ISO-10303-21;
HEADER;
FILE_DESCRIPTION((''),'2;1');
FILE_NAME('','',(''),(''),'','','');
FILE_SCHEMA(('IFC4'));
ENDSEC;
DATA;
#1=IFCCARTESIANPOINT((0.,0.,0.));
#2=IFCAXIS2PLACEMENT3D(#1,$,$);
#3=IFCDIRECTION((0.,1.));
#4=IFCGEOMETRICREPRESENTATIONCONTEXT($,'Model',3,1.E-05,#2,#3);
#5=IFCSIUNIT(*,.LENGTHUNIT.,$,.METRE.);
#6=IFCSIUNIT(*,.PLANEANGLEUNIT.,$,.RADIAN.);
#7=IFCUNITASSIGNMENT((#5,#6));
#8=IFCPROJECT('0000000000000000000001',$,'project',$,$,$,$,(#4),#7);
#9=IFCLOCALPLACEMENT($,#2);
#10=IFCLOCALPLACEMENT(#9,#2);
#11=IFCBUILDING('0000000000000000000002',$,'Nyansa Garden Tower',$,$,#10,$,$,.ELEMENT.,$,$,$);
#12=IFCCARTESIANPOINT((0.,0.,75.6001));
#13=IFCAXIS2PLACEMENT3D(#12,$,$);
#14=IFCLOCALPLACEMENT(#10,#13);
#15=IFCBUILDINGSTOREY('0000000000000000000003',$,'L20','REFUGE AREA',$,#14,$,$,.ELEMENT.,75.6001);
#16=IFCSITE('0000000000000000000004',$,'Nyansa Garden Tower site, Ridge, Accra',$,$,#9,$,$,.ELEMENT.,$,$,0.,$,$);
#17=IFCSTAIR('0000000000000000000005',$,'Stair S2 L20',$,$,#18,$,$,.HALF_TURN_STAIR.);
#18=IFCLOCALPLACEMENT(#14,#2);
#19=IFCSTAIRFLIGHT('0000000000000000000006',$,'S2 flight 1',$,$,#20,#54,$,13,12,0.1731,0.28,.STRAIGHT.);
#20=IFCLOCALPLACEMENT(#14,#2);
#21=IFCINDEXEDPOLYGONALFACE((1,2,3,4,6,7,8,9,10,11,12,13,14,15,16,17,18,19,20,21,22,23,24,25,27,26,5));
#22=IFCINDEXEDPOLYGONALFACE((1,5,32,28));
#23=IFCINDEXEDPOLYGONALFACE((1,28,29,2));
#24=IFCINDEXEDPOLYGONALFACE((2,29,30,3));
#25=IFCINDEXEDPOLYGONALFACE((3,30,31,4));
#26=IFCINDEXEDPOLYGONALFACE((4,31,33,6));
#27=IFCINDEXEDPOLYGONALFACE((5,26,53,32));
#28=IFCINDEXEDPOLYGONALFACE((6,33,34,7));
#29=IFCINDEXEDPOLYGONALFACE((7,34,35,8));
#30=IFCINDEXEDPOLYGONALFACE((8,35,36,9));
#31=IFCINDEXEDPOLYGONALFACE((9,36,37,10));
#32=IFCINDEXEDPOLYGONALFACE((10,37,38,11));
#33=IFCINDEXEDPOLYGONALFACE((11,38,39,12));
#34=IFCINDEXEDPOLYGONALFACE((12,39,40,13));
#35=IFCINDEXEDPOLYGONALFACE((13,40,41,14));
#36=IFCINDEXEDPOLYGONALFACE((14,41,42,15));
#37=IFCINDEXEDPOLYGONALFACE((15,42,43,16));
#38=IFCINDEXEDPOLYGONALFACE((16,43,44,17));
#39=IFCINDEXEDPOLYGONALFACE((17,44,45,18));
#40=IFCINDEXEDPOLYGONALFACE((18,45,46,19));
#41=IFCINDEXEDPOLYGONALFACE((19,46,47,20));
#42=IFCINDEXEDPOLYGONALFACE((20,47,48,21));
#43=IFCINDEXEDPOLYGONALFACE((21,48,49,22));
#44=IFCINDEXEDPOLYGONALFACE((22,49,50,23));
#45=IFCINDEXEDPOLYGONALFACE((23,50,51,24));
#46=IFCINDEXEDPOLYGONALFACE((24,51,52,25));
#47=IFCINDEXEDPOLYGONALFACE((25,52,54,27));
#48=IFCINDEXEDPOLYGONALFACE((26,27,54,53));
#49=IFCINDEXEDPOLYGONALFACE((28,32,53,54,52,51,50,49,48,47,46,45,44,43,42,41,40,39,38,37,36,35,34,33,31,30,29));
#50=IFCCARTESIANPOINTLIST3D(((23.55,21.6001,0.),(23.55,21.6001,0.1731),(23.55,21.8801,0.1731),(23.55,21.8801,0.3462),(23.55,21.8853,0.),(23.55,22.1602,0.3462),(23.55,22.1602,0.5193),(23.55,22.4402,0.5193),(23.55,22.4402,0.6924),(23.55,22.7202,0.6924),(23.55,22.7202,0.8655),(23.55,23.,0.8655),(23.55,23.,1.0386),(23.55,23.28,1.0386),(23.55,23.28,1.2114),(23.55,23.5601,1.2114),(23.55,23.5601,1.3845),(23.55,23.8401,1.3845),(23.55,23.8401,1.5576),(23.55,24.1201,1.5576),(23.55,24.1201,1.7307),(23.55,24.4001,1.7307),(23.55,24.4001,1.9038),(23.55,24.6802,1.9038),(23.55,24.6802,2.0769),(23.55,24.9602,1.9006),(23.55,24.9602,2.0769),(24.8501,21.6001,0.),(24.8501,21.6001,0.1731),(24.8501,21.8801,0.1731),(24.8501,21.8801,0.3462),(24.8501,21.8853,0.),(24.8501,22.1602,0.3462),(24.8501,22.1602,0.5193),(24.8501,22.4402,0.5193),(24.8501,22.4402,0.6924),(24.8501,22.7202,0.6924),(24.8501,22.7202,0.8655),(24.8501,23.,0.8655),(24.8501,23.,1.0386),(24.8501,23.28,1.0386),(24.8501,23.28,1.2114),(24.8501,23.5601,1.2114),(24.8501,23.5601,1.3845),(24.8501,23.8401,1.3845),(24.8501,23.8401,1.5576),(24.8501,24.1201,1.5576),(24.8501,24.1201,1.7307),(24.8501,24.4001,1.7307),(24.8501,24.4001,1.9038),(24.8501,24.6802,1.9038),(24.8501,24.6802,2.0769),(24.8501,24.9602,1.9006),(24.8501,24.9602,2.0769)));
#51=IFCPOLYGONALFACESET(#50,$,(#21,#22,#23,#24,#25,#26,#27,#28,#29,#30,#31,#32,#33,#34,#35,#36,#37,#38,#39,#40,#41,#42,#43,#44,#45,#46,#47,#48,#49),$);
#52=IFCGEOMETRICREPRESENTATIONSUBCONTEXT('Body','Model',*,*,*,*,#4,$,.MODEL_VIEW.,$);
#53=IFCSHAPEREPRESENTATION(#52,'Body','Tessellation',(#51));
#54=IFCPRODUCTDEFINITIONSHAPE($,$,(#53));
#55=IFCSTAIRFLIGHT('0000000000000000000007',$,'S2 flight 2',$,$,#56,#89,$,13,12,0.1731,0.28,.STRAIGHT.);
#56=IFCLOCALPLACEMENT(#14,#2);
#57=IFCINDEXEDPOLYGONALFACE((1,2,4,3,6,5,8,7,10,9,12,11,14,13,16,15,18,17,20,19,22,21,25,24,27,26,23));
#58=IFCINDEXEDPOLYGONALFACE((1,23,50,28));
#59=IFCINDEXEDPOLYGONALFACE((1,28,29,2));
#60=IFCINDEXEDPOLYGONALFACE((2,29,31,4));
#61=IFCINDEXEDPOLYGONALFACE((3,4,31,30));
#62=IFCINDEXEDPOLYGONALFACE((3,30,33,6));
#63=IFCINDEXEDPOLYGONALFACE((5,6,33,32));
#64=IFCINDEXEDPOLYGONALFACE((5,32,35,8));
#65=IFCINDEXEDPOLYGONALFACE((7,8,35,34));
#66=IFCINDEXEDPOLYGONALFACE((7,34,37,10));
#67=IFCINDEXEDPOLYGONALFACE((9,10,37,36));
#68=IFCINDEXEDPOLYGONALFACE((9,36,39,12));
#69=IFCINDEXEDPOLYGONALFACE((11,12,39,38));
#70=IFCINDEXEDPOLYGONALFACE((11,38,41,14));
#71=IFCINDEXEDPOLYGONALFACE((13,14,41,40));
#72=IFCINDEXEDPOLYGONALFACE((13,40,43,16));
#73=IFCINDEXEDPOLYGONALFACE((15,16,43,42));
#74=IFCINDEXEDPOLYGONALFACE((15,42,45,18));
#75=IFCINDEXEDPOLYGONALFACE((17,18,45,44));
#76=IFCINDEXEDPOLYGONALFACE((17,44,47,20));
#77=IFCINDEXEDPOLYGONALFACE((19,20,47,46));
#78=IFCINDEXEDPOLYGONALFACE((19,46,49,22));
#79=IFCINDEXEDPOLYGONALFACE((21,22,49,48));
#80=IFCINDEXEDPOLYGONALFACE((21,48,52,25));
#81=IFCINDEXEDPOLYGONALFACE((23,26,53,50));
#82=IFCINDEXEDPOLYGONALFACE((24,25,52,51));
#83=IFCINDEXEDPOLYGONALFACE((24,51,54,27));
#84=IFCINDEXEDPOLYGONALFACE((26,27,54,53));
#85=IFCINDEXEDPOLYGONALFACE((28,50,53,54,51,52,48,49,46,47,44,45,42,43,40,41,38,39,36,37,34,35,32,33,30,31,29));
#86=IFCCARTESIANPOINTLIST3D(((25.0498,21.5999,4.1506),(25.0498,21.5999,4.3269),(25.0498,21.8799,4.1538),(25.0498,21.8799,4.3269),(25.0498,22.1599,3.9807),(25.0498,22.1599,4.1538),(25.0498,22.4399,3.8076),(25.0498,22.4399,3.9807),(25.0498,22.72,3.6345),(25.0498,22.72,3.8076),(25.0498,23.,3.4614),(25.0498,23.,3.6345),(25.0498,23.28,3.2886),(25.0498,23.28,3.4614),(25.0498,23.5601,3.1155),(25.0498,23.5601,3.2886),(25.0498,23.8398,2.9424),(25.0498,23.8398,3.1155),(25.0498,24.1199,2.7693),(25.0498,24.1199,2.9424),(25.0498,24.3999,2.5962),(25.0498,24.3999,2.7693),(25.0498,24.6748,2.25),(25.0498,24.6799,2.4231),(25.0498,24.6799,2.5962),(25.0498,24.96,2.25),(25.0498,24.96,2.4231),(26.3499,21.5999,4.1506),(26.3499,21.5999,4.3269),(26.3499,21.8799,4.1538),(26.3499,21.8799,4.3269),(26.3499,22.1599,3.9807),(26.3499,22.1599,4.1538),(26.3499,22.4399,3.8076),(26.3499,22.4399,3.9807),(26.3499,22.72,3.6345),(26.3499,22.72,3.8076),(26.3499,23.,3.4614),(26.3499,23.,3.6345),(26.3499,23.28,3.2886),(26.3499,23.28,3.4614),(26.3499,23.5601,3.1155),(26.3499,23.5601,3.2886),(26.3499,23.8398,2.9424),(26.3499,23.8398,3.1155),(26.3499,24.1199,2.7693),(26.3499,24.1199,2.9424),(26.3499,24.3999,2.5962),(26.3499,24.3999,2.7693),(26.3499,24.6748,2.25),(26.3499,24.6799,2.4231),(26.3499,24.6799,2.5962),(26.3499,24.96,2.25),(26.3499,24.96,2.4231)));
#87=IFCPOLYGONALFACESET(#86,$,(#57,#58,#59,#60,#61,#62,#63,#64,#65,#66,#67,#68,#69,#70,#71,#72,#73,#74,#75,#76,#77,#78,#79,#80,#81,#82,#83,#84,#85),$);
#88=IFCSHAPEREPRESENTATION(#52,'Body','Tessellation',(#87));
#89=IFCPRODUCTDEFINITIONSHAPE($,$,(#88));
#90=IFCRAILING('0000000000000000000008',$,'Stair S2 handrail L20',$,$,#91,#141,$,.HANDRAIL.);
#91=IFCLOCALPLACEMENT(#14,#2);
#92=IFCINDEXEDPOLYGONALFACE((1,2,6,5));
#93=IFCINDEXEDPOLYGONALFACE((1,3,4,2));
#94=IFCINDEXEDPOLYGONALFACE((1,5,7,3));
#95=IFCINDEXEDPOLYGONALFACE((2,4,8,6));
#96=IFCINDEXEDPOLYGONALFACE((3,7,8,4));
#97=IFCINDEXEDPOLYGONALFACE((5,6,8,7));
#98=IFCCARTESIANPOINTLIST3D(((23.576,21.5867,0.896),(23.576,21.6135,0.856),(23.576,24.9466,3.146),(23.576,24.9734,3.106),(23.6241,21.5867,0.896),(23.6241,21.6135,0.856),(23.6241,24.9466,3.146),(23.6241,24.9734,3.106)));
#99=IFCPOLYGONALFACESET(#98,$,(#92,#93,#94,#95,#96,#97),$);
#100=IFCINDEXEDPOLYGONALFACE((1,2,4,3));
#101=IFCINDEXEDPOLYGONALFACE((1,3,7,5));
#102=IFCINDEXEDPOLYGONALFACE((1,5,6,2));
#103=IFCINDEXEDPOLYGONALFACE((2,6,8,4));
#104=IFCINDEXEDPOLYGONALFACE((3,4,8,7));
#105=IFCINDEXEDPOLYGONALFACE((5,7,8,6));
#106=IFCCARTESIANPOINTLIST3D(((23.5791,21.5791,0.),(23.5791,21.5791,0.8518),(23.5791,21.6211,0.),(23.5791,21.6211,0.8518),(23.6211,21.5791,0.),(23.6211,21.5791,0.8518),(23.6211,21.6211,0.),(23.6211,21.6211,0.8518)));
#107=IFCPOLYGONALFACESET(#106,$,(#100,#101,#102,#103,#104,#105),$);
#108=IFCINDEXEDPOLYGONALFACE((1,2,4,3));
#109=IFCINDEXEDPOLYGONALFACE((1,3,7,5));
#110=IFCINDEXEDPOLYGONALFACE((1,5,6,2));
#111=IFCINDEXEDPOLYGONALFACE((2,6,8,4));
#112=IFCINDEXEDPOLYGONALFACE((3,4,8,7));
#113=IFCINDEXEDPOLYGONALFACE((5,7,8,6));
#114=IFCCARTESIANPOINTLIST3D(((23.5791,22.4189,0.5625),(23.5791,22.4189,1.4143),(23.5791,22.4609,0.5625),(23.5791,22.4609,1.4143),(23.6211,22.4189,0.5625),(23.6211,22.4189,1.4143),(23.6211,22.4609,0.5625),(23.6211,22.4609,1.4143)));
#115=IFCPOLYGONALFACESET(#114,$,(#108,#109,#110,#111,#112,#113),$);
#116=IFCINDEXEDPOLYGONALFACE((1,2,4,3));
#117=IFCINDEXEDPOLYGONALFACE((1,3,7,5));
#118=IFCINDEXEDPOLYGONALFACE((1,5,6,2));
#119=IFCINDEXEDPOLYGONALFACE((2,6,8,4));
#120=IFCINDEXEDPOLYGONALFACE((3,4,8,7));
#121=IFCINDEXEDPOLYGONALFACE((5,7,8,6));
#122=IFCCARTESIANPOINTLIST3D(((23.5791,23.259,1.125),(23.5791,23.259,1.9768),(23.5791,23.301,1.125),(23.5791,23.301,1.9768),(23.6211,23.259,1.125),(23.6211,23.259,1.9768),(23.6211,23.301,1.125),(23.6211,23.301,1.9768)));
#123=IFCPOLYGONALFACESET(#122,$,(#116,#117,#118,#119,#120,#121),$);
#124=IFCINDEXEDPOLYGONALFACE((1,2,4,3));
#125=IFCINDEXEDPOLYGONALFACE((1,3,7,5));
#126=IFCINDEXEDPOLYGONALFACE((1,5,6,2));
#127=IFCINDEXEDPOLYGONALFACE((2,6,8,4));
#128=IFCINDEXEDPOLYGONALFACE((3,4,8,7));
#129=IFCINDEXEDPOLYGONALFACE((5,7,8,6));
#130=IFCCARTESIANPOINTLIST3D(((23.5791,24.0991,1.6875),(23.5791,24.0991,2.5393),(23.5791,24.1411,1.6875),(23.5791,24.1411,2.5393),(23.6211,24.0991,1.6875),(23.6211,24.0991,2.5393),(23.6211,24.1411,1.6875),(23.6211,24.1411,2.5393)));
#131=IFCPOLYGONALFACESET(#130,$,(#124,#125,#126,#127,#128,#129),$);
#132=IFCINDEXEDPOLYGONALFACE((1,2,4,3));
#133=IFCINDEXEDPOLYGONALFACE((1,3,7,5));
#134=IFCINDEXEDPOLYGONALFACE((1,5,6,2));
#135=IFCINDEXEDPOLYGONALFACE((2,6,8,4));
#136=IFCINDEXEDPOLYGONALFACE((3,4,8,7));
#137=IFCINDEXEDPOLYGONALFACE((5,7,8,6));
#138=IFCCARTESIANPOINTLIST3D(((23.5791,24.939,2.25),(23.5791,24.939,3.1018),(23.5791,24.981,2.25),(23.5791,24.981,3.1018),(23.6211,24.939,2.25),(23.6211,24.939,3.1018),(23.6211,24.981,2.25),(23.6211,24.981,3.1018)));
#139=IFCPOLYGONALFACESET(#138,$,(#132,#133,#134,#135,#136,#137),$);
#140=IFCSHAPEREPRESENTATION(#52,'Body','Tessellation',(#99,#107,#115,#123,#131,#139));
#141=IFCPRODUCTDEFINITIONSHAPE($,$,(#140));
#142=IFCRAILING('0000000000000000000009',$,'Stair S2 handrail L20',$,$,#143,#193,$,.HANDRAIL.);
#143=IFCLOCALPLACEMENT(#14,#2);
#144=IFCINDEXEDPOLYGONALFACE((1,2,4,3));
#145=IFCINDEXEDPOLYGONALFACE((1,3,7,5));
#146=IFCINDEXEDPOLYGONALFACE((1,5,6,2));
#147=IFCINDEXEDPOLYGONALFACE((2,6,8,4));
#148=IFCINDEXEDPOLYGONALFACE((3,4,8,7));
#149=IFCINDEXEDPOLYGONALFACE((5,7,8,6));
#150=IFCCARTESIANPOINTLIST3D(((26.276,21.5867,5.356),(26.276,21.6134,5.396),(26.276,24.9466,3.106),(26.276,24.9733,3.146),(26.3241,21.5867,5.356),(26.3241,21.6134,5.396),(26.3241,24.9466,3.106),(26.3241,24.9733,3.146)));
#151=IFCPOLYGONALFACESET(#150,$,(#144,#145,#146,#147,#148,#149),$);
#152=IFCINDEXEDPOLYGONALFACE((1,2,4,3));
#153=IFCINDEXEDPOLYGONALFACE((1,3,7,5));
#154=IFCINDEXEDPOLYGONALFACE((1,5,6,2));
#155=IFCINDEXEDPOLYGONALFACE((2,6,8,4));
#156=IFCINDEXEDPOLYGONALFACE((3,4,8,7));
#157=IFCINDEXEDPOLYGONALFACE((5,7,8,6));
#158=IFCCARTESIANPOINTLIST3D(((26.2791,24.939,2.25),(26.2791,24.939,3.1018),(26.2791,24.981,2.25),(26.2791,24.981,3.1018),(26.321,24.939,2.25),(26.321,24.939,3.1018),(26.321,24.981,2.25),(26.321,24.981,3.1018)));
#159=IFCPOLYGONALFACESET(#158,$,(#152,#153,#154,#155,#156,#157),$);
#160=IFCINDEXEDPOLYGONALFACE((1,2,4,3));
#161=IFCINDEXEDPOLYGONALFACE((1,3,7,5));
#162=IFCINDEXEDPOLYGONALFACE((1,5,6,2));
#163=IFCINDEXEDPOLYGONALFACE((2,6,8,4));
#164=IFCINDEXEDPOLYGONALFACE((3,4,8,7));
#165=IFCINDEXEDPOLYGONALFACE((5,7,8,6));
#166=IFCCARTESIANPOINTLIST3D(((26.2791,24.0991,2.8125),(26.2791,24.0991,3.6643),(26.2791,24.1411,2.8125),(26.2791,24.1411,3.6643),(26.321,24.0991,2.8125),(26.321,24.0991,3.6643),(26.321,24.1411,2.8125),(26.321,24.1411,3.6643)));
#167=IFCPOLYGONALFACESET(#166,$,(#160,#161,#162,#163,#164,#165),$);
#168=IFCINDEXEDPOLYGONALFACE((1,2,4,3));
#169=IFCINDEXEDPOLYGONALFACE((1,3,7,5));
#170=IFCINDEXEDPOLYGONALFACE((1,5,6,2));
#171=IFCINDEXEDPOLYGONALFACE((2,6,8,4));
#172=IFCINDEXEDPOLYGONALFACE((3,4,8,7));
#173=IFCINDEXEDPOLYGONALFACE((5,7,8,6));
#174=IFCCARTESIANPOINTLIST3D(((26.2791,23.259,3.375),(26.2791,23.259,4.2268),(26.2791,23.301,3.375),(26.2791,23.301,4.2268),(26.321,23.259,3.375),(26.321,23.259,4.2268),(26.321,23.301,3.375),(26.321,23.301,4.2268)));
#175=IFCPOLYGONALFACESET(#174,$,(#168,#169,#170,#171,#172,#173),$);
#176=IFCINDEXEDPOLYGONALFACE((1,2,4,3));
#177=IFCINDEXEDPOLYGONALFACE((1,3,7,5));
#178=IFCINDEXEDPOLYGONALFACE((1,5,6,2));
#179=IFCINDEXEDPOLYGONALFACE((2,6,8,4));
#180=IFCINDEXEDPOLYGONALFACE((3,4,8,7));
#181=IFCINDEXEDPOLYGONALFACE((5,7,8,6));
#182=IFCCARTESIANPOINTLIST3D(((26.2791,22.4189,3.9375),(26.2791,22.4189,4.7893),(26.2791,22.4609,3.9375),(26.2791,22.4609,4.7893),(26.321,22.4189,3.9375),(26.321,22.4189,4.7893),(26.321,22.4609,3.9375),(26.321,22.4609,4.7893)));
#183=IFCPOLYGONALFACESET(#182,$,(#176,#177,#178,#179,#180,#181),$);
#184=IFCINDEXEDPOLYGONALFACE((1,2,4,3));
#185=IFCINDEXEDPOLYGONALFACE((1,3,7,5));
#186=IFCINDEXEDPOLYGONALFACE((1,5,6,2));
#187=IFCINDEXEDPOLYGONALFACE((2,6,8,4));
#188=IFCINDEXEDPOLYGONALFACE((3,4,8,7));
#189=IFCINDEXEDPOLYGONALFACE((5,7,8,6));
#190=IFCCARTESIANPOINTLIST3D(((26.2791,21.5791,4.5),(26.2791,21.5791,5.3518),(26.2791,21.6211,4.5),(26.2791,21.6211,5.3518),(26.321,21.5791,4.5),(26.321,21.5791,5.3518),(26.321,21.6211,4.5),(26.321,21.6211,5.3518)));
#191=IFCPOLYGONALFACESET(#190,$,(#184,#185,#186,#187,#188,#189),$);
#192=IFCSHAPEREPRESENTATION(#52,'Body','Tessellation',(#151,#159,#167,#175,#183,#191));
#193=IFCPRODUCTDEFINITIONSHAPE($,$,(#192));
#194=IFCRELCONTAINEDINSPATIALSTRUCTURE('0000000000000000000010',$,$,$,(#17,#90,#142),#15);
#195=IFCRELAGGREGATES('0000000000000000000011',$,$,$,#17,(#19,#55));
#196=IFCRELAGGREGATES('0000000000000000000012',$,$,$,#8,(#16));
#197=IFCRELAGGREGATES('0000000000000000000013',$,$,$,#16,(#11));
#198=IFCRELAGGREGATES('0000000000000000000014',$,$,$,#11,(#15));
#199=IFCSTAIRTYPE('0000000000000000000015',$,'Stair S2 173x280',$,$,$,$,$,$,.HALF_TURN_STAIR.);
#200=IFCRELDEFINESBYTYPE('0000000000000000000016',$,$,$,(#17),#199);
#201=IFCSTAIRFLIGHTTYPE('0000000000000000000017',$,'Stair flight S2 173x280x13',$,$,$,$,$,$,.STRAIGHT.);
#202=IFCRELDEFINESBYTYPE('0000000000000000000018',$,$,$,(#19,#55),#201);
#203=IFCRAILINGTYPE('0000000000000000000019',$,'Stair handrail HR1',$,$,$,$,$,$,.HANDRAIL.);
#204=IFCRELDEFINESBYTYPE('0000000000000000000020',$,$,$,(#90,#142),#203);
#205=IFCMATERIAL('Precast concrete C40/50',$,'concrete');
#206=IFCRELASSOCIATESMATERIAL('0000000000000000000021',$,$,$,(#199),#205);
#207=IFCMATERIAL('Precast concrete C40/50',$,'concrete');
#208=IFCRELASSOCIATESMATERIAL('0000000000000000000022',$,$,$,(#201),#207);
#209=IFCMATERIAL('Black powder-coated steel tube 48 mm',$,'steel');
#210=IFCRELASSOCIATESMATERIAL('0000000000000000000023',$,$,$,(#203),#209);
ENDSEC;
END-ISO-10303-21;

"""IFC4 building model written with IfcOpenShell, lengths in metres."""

from ifc_helpers import new_model, si_unit, direction, frame, origin, origin_2d, place, context, subcontext, project, spatial, polyline, rectangle, outline, extrude, material, type_object, element, aggregate, save


model = new_model("IFC4")

# Units and contexts
model_context = context("Model", 3, precision=1e-05, world=origin(), true_north=direction((0.0, 1.0)))
body_context = subcontext(model_context, "Body", "Model", "MODEL_VIEW")
ifc_project = project(units=[si_unit("LENGTHUNIT", "METRE"), si_unit("PLANEANGLEUNIT", "RADIAN")], contexts=[model_context])

# Site, building, storey
site_placement = place(None, origin())
site = spatial("IfcSite", under=ifc_project, at=site_placement, Name="Nyansa Garden Tower site, Ridge, Accra", CompositionType="ELEMENT", RefElevation=0.0)
building_placement = place(site_placement, origin())
building = spatial("IfcBuilding", under=site, at=building_placement, Name="Nyansa Garden Tower", CompositionType="ELEMENT")
storey_placement = place(building_placement, frame((0.0, 0.0, 75.6001)))
storey = spatial("IfcBuildingStorey", under=building, at=storey_placement, Name="L20", Description="REFUGE AREA", CompositionType="ELEMENT", Elevation=75.6001)

# Stair, stair flights
ifc_material_1 = material(Name="Precast concrete C40/50", Category="concrete")
stair_type = type_object("IfcStairType", Name="Stair S2 173x280", PredefinedType="HALF_TURN_STAIR", material=ifc_material_1)
stair_placement = place(storey_placement, origin())
stair = element("IfcStair", 1, at=stair_placement, inside=storey, type_object=stair_type, Name="Stair S2 L20", PredefinedType="HALF_TURN_STAIR")
ifc_material_2 = material(Name="Precast concrete C40/50", Category="concrete")
stair_flight_type = type_object("IfcStairFlightType", Name="Stair flight S2 173x280x13", PredefinedType="STRAIGHT", material=ifc_material_2)
stair_flight_1_placement = place(storey_placement, frame((24.2, 21.6001, 0.0), z_axis=(0.0, 0.0, 1.0), x_axis=(0.0, 1.0, 0.0)))
stair_flight_1 = element("IfcStairFlight", 2, at=stair_flight_1_placement, type_object=stair_flight_type, Name="S2 flight 1", NumberOfRisers=13, NumberOfTreads=12, PredefinedType="STRAIGHT", RiserHeight=0.1731, TreadLength=0.28, context=body_context, shape_type="SweptSolid", body=[
    extrude(outline(polyline([(0.0, 0.0), (0.0, 0.1731), (0.28, 0.1731), (0.28, 0.3462), (0.5601, 0.3462), (0.5601, 0.5193), (0.8401, 0.5193), (0.8401, 0.6924), (1.1201, 0.6924), (1.1201, 0.8655), (1.3999, 0.8655), (1.3999, 1.0386), (1.6799, 1.0386), (1.6799, 1.2114), (1.96, 1.2114), (1.96, 1.3845), (2.24, 1.3845), (2.24, 1.5576), (2.52, 1.5576), (2.52, 1.7307), (2.8, 1.7307), (2.8, 1.9038), (3.0801, 1.9038), (3.0801, 2.0769), (3.3601, 2.0769), (3.3601, 2.25), (3.3601, 1.9006), (0.2852, 0.0), (0.0, 0.0)])), frame((0.0, 0.6499, 0.0), z_axis=(0.0, -1.0, 0.0), x_axis=(1.0, 0.0, 0.0)), (0.0, 0.0, 1.0), 1.3),
])
stair_flight_2_placement = place(storey_placement, frame((25.7, 24.96, 2.25), z_axis=(0.0, 0.0, 1.0), x_axis=(0.0, -1.0, 0.0)))
stair_flight_2 = element("IfcStairFlight", 3, at=stair_flight_2_placement, type_object=stair_flight_type, Name="S2 flight 2", NumberOfRisers=13, NumberOfTreads=12, PredefinedType="STRAIGHT", RiserHeight=0.1731, TreadLength=0.28, context=body_context, shape_type="SweptSolid", body=[
    extrude(outline(polyline([(0.0, 0.0), (0.0, 0.1731), (0.28, 0.1731), (0.28, 0.3462), (0.5601, 0.3462), (0.5601, 0.5193), (0.8401, 0.5193), (0.8401, 0.6924), (1.1201, 0.6924), (1.1201, 0.8655), (1.3999, 0.8655), (1.3999, 1.0386), (1.6799, 1.0386), (1.6799, 1.2114), (1.96, 1.2114), (1.96, 1.3845), (2.24, 1.3845), (2.24, 1.5576), (2.52, 1.5576), (2.52, 1.7307), (2.8, 1.7307), (2.8, 1.9038), (3.0801, 1.9038), (3.0801, 2.0769), (3.3601, 2.0769), (3.3601, 2.25), (3.3601, 1.9006), (0.2852, 0.0), (0.0, 0.0)])), frame((0.0, 0.6499, 0.0), z_axis=(0.0, -1.0, 0.0), x_axis=(1.0, 0.0, 0.0)), (0.0, 0.0, 1.0), 1.3),
])
aggregate(stair, [stair_flight_1, stair_flight_2])

# Railings
ifc_material_3 = material(Name="Black powder-coated steel tube 48 mm", Category="steel")
railing_type = type_object("IfcRailingType", Name="Stair handrail HR1", PredefinedType="HANDRAIL", material=ifc_material_3)
railing_1_placement = place(storey_placement, frame((23.6001, 21.6001, 0.0)))
element("IfcRailing", 4, at=railing_1_placement, inside=storey, type_object=railing_type, Name="Stair S2 handrail L20", PredefinedType="HANDRAIL", context=body_context, shape_type="SweptSolid", body=[
    extrude(rectangle(XDim=0.0481, YDim=0.0481, at=origin_2d()), frame((0.0, 0.0, 0.876), z_axis=(0.0, 0.830897, 0.556427), x_axis=(-1.0, 0.0, 0.0)), (0.0, 0.0, 1.0), 4.0437),
    extrude(rectangle(XDim=0.042, YDim=0.042, at=origin_2d()), origin(), (0.0, 0.0, 1.0), 0.8518),
    extrude(rectangle(XDim=0.042, YDim=0.042, at=origin_2d()), frame((0.0, 0.8398, 0.5625)), (0.0, 0.0, 1.0), 0.8518),
    extrude(rectangle(XDim=0.042, YDim=0.042, at=origin_2d()), frame((0.0, 1.6799, 1.125)), (0.0, 0.0, 1.0), 0.8518),
    extrude(rectangle(XDim=0.042, YDim=0.042, at=origin_2d()), frame((0.0, 2.52, 1.6875)), (0.0, 0.0, 1.0), 0.8518),
    extrude(rectangle(XDim=0.042, YDim=0.042, at=origin_2d()), frame((0.0, 3.3599, 2.25)), (0.0, 0.0, 1.0), 0.8518),
])
railing_2_placement = place(storey_placement, frame((26.3, 24.96, 2.25)))
element("IfcRailing", 5, at=railing_2_placement, inside=storey, type_object=railing_type, Name="Stair S2 handrail L20", PredefinedType="HANDRAIL", context=body_context, shape_type="SweptSolid", body=[
    extrude(rectangle(XDim=0.0481, YDim=0.0481, at=origin_2d()), frame((0.0, 0.0, 0.876), z_axis=(0.0, -0.830897, 0.556427), x_axis=(1.0, 0.0, 0.0)), (0.0, 0.0, 1.0), 4.0437),
    extrude(rectangle(XDim=0.042, YDim=0.042, at=origin_2d()), origin(), (0.0, 0.0, 1.0), 0.8518),
    extrude(rectangle(XDim=0.042, YDim=0.042, at=origin_2d()), frame((0.0, -0.8398, 0.5625)), (0.0, 0.0, 1.0), 0.8518),
    extrude(rectangle(XDim=0.042, YDim=0.042, at=origin_2d()), frame((0.0, -1.6799, 1.125)), (0.0, 0.0, 1.0), 0.8518),
    extrude(rectangle(XDim=0.042, YDim=0.042, at=origin_2d()), frame((0.0, -2.52, 1.6875)), (0.0, 0.0, 1.0), 0.8518),
    extrude(rectangle(XDim=0.042, YDim=0.042, at=origin_2d()), frame((0.0, -3.3599, 2.25)), (0.0, 0.0, 1.0), 0.8518),
])

save(model, "model.ifc")
